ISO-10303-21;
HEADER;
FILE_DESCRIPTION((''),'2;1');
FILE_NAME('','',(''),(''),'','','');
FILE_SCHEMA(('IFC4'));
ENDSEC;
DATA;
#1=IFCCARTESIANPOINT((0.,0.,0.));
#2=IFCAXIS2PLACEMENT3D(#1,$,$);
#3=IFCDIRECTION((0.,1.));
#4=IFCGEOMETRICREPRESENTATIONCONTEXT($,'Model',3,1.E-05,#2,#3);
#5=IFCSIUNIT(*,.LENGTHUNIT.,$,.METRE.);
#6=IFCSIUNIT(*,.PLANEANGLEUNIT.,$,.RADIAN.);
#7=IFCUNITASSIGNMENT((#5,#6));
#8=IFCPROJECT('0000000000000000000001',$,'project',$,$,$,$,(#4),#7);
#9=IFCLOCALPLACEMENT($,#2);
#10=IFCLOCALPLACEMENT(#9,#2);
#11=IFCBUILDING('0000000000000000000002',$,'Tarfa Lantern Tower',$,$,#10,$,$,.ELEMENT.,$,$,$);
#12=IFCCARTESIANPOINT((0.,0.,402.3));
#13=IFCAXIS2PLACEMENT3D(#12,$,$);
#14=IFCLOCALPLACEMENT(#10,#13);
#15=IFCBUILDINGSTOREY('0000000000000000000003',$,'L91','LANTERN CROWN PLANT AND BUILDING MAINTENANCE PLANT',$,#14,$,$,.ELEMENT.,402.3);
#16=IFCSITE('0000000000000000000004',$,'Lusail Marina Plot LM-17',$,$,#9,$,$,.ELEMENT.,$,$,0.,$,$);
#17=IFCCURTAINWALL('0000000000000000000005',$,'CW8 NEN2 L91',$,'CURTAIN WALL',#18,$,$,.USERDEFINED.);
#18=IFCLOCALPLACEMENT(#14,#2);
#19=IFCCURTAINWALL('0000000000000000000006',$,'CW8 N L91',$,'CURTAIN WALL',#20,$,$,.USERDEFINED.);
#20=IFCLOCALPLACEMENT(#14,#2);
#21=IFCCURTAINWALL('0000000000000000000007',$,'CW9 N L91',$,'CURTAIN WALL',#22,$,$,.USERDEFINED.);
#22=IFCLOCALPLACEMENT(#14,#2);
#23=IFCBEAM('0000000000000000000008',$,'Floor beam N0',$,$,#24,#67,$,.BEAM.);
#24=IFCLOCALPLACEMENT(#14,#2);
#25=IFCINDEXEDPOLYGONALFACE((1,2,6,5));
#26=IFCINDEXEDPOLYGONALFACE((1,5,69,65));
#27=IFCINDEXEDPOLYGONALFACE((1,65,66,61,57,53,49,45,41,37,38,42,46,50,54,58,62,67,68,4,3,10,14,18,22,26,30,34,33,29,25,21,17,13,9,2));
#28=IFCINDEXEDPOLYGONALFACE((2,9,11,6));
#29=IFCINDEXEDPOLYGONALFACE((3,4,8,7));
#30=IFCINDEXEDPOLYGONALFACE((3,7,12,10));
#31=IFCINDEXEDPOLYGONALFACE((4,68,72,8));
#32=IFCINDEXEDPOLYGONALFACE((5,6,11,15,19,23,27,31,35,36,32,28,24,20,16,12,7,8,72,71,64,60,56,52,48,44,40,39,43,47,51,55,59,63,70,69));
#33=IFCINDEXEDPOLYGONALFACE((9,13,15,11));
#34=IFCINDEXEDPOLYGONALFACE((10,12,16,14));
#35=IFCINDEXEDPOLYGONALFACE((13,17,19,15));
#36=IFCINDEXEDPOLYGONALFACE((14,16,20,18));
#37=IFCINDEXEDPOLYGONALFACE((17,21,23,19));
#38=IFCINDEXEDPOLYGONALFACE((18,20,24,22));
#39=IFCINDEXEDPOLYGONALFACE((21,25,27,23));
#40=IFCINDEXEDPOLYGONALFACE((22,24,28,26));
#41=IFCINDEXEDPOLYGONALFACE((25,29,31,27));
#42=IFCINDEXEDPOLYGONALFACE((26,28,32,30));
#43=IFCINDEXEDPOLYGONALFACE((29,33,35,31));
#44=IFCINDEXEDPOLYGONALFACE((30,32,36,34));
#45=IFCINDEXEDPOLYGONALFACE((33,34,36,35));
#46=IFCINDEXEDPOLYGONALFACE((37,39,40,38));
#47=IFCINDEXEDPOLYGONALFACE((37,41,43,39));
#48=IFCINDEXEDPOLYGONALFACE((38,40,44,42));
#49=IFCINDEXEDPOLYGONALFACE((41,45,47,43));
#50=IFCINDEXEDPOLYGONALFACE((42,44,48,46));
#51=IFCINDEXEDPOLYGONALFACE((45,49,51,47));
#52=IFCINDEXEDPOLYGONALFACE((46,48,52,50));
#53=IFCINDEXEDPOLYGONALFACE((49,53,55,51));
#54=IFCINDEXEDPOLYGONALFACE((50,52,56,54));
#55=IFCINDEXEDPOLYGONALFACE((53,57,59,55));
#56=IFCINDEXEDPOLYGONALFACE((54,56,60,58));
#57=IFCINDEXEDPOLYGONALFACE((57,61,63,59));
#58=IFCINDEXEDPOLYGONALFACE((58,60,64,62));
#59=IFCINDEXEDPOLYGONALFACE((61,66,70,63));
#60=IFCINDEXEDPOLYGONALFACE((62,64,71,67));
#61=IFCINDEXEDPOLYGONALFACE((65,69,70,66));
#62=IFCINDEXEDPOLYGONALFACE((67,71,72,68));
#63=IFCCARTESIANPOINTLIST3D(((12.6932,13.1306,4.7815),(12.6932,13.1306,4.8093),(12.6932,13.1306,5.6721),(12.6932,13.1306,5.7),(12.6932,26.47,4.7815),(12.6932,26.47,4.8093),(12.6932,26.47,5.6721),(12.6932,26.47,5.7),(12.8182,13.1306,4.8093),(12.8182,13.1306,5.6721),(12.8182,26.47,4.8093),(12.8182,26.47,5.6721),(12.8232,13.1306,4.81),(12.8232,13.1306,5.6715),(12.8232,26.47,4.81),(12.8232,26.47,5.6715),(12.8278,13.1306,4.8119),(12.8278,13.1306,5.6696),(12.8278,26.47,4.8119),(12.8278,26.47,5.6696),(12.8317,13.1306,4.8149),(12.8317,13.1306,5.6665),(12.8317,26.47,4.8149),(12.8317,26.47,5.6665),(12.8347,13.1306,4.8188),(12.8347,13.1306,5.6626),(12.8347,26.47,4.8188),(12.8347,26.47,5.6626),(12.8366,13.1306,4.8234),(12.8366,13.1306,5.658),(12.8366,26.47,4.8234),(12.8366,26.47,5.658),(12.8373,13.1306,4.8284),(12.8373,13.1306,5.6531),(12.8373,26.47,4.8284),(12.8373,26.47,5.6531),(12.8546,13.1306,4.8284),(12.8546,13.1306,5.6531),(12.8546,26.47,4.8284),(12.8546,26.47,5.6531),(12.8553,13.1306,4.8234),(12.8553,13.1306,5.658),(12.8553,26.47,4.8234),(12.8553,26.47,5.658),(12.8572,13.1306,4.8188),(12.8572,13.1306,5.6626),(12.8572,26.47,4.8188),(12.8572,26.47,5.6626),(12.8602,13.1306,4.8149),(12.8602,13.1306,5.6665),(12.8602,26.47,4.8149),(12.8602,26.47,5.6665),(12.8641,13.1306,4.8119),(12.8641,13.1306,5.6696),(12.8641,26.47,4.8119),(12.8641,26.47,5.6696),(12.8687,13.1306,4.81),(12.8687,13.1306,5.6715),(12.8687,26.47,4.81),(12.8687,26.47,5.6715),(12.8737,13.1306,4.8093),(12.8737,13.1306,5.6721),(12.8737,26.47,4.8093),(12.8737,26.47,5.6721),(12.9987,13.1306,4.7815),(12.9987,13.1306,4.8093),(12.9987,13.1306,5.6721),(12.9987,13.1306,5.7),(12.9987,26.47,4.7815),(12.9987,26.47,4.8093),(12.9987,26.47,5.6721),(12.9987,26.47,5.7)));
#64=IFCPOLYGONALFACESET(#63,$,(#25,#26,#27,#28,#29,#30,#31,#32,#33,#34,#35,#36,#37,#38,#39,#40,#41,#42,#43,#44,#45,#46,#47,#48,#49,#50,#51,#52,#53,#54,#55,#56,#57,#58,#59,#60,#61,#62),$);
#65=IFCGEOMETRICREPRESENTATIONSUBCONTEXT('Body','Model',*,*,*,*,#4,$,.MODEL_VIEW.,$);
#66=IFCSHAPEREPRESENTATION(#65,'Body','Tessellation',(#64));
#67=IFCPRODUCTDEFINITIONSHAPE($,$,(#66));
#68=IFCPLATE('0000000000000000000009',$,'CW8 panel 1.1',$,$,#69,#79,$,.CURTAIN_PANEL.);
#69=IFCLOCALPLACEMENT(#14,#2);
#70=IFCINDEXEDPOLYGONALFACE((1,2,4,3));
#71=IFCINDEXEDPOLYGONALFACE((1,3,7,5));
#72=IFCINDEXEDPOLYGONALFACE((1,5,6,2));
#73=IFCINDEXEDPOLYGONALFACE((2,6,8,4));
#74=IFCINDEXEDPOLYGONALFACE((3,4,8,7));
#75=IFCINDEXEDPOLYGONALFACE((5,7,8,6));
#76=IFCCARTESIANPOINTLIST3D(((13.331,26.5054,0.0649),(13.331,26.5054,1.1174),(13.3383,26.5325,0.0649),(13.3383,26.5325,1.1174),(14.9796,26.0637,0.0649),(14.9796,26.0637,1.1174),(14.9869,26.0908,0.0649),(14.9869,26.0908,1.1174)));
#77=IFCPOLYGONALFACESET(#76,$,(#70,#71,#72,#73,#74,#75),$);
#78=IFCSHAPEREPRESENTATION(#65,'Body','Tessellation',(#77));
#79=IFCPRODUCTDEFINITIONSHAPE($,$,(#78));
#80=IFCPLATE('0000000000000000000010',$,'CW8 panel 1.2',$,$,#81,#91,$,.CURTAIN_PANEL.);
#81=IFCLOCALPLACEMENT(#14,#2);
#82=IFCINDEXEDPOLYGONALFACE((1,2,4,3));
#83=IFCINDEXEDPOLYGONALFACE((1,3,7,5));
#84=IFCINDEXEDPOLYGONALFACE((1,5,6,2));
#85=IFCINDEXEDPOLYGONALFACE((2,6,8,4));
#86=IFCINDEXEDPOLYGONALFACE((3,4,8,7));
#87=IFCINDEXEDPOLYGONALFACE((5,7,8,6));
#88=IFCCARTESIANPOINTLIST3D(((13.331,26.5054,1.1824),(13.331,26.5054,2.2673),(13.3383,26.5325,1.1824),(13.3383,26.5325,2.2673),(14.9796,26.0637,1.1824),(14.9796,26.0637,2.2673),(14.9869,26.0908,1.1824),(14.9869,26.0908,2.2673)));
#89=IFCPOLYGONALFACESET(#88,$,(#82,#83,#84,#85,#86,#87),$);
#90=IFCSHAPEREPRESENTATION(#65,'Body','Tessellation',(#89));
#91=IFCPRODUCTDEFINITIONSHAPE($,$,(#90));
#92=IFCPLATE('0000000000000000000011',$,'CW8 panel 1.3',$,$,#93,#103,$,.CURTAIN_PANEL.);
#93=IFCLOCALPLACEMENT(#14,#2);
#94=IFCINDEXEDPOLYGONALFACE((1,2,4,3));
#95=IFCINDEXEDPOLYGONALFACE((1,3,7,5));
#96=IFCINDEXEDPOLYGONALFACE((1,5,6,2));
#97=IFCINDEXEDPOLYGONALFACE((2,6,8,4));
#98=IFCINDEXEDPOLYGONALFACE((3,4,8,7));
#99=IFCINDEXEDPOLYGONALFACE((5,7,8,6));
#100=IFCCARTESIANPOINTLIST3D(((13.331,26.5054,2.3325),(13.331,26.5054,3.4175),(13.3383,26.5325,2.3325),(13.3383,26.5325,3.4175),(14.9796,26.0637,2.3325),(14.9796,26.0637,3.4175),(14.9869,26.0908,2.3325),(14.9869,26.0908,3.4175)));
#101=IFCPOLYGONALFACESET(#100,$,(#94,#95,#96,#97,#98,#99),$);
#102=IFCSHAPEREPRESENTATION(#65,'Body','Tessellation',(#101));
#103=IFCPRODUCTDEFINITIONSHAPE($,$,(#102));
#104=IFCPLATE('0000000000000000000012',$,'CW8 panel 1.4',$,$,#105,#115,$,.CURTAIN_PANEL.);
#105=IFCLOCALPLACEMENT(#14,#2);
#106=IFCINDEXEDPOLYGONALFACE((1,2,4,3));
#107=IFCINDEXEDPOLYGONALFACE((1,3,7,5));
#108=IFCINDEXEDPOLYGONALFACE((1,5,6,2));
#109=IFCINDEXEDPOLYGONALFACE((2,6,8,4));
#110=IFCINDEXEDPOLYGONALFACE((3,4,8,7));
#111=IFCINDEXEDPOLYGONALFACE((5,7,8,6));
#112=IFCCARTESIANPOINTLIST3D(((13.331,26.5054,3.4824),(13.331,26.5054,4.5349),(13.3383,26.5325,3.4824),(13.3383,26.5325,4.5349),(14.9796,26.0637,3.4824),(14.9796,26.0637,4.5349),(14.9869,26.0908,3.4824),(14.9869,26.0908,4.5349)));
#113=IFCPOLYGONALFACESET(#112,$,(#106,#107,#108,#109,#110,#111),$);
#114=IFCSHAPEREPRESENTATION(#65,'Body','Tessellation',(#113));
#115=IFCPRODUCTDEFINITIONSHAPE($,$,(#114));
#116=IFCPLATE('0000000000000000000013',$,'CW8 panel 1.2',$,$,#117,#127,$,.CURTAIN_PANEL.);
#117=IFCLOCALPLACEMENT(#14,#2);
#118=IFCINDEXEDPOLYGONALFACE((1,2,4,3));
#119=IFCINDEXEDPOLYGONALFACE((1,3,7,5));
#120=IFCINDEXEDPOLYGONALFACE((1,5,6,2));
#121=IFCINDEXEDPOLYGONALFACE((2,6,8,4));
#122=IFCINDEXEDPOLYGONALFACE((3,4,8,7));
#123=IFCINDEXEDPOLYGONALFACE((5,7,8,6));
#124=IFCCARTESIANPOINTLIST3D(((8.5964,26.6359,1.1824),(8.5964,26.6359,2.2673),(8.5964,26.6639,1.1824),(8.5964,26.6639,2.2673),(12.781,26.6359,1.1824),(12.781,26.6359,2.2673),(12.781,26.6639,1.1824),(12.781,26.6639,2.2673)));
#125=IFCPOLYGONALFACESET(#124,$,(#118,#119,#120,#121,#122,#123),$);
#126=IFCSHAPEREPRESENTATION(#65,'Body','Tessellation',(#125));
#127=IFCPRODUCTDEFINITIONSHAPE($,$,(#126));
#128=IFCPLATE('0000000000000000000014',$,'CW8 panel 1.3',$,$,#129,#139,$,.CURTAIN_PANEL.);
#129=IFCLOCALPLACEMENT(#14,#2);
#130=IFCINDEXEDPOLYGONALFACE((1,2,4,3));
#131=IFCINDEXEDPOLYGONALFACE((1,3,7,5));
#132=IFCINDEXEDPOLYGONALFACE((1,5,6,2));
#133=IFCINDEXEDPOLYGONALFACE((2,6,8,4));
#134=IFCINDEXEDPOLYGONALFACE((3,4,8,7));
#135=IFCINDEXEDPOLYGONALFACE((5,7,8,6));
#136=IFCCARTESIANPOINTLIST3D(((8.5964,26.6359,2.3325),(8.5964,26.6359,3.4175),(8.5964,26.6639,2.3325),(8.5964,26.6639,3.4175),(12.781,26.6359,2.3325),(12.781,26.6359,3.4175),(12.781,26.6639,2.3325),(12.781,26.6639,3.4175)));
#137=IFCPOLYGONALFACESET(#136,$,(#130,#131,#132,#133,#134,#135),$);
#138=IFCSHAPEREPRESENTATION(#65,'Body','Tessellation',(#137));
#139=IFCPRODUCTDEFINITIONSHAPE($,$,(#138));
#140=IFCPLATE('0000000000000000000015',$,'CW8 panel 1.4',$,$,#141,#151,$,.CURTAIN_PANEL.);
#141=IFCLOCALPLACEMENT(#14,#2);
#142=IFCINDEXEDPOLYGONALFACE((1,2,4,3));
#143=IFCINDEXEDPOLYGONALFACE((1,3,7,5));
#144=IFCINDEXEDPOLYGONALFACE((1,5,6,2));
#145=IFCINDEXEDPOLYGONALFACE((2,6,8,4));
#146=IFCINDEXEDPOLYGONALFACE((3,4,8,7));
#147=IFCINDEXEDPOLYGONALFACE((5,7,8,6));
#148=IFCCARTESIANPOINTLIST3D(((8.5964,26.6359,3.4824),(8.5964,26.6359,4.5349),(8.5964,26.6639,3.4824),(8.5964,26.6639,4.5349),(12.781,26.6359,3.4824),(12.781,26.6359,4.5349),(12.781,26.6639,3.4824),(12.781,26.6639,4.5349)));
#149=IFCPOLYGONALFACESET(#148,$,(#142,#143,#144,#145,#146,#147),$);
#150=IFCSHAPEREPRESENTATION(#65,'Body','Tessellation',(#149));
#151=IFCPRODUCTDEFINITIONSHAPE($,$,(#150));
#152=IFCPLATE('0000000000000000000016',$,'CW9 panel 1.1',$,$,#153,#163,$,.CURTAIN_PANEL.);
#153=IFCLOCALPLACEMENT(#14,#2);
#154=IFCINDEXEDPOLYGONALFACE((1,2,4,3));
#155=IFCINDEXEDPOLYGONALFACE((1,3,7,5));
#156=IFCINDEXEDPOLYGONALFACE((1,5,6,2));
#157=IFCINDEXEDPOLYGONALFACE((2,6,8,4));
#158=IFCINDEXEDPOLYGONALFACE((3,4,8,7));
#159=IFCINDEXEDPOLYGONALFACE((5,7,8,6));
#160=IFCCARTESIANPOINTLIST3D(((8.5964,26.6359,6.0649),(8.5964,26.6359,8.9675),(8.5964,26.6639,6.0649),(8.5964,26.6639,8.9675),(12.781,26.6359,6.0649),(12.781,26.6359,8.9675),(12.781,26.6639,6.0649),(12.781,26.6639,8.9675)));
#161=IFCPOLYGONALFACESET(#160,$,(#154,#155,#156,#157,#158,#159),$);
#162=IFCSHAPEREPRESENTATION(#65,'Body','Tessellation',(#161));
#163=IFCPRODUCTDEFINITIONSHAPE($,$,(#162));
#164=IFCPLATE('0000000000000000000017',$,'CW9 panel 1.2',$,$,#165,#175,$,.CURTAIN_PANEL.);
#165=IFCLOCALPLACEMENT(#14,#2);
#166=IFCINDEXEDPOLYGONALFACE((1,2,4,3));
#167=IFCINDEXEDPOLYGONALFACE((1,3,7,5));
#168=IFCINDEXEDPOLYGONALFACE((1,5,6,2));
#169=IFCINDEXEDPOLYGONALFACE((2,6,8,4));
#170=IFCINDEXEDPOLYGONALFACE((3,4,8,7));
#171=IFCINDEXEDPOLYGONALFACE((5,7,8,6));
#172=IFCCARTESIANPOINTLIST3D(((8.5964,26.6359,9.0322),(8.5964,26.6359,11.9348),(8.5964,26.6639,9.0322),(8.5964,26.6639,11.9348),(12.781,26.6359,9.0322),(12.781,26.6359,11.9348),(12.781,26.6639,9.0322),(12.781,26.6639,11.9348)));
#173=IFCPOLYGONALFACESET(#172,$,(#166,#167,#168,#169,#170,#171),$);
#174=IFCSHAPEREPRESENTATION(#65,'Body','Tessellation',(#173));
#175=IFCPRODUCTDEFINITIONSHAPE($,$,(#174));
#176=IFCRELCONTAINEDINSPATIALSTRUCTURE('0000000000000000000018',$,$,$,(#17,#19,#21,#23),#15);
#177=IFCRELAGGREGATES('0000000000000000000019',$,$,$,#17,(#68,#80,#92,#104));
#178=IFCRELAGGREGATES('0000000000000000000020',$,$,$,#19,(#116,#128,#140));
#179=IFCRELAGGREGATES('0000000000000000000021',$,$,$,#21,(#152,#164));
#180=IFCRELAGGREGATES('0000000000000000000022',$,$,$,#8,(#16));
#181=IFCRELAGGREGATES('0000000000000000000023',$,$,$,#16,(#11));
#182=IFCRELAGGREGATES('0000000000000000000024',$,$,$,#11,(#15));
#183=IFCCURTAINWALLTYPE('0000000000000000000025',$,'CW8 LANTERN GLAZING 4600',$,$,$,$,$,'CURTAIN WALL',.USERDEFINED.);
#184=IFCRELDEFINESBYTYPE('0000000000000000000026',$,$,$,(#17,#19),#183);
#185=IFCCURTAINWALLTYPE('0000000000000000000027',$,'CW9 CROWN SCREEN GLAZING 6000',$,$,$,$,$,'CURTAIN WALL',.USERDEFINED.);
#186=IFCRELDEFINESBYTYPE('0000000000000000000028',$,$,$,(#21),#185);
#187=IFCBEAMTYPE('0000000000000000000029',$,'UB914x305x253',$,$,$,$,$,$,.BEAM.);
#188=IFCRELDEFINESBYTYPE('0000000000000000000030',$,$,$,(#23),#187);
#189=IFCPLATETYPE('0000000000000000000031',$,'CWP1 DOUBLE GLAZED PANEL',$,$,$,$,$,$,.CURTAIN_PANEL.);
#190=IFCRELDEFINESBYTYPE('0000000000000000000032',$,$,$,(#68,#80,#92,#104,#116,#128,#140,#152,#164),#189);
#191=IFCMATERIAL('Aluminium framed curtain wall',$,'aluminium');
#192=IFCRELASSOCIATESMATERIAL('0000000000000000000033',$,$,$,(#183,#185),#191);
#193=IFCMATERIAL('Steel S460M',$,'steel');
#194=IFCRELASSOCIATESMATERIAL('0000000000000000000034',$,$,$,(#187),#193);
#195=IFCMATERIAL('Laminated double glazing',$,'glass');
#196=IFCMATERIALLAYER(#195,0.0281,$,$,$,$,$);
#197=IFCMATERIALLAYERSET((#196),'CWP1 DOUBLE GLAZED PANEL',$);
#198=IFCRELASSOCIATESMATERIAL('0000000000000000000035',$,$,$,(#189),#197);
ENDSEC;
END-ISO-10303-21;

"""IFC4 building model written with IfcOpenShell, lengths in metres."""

from ifc_helpers import new_model, si_unit, direction, frame, origin, origin_2d, place, context, subcontext, project, spatial, rectangle, i_section, extrude, material, layer, layer_set, material_profile, profile_set, type_object, element, aggregate, save


model = new_model("IFC4")

# Units and contexts
model_context = context("Model", 3, precision=1e-05, world=origin(), true_north=direction((0.0, 1.0)))
body_context = subcontext(model_context, "Body", "Model", "MODEL_VIEW")
ifc_project = project(units=[si_unit("LENGTHUNIT", "METRE"), si_unit("PLANEANGLEUNIT", "RADIAN")], contexts=[model_context])

# Site, building, storey
site_placement = place(None, origin())
site = spatial("IfcSite", under=ifc_project, at=site_placement, Name="Lusail Marina Plot LM-17", CompositionType="ELEMENT", RefElevation=0.0)
building_placement = place(site_placement, origin())
building = spatial("IfcBuilding", under=site, at=building_placement, Name="Tarfa Lantern Tower", CompositionType="ELEMENT")
storey_placement = place(building_placement, frame((0.0, 0.0, 402.3)))
storey = spatial("IfcBuildingStorey", under=building, at=storey_placement, Name="L91", Description="LANTERN CROWN PLANT AND BUILDING MAINTENANCE PLANT", CompositionType="ELEMENT", Elevation=402.3)

# Curtain walls
ifc_material_1 = material(Name="Aluminium framed curtain wall", Category="aluminium")
curtain_wall_type_1 = type_object("IfcCurtainWallType", Name="CW8 LANTERN GLAZING 4600", ElementType="CURTAIN WALL", PredefinedType="USERDEFINED", material=ifc_material_1)
curtain_wall_1_placement = place(storey_placement, origin())
curtain_wall_1 = element("IfcCurtainWall", 1, at=curtain_wall_1_placement, inside=storey, type_object=curtain_wall_type_1, Name="CW8 NEN2 L91", ObjectType="CURTAIN WALL", PredefinedType="USERDEFINED")
curtain_wall_2_placement = place(storey_placement, origin())
curtain_wall_2 = element("IfcCurtainWall", 2, at=curtain_wall_2_placement, inside=storey, type_object=curtain_wall_type_1, Name="CW8 N L91", ObjectType="CURTAIN WALL", PredefinedType="USERDEFINED")
curtain_wall_type_2 = type_object("IfcCurtainWallType", Name="CW9 CROWN SCREEN GLAZING 6000", ElementType="CURTAIN WALL", PredefinedType="USERDEFINED", material=ifc_material_1)
curtain_wall_3_placement = place(storey_placement, origin())
curtain_wall_3 = element("IfcCurtainWall", 3, at=curtain_wall_3_placement, inside=storey, type_object=curtain_wall_type_2, Name="CW9 N L91", ObjectType="CURTAIN WALL", PredefinedType="USERDEFINED")

# Beam
ifc_material_2 = material(Name="Steel S460M", Category="steel")
ifc_material_profile_1 = material_profile(ifc_material_2, i_section(OverallWidth=0.3054, OverallDepth=0.9185, WebThickness=0.0173, FlangeThickness=0.0278, FilletRadius=0.019, at=origin_2d()), Name="UB914x305x253")
ifc_profile_set_1 = profile_set([ifc_material_profile_1], Name="Steel S460M")
beam_type_1 = type_object("IfcBeamType", Name="UB914x305x253", PredefinedType="BEAM", material=ifc_profile_set_1)
beam_1_placement = place(storey_placement, frame((12.8459, 26.47, 5.2407), z_axis=(0.0, -1.0, 0.0), x_axis=(1.0, 0.0, 0.0)))
element("IfcBeam", 4, at=beam_1_placement, inside=storey, type_object=beam_type_1, Name="Floor beam N0", PredefinedType="BEAM", context=body_context, shape_type="SweptSolid", body=[
    extrude(i_section(OverallWidth=0.3054, OverallDepth=0.9185, WebThickness=0.0173, FlangeThickness=0.0278, FilletRadius=0.019, at=origin_2d()), origin(), (0.0, 0.0, 1.0), 13.3394),
])

# Plates
ifc_material_3 = material(Name="Laminated double glazing", Category="glass")
ifc_layer = layer(ifc_material_3, 0.0281)
ifc_layer_set = layer_set([ifc_layer], Name="CWP1 DOUBLE GLAZED PANEL")
plate_type = type_object("IfcPlateType", Name="CWP1 DOUBLE GLAZED PANEL", PredefinedType="CURTAIN_PANEL", material=ifc_layer_set)
plate_1_placement = place(storey_placement, frame((14.1589, 26.2981, 0.0649), z_axis=(0.0, 0.0, 1.0), x_axis=(-0.965926, 0.258819, 0.0)))
plate_1 = element("IfcPlate", 5, at=plate_1_placement, type_object=plate_type, Name="CW8 panel 1.1", PredefinedType="CURTAIN_PANEL", context=body_context, shape_type="SweptSolid", body=[
    extrude(rectangle(XDim=1.7068, YDim=0.0281, at=origin_2d()), origin(), (0.0, 0.0, 1.0), 1.0525),
])
plate_2_placement = place(storey_placement, frame((14.1589, 26.2981, 1.1824), z_axis=(0.0, 0.0, 1.0), x_axis=(-0.965926, 0.258819, 0.0)))
plate_2 = element("IfcPlate", 6, at=plate_2_placement, type_object=plate_type, Name="CW8 panel 1.2", PredefinedType="CURTAIN_PANEL", context=body_context, shape_type="SweptSolid", body=[
    extrude(rectangle(XDim=1.7068, YDim=0.0281, at=origin_2d()), origin(), (0.0, 0.0, 1.0), 1.085),
])
plate_3_placement = place(storey_placement, frame((14.1589, 26.2981, 2.3325), z_axis=(0.0, 0.0, 1.0), x_axis=(-0.965926, 0.258819, 0.0)))
plate_3 = element("IfcPlate", 7, at=plate_3_placement, type_object=plate_type, Name="CW8 panel 1.3", PredefinedType="CURTAIN_PANEL", context=body_context, shape_type="SweptSolid", body=[
    extrude(rectangle(XDim=1.7068, YDim=0.0281, at=origin_2d()), origin(), (0.0, 0.0, 1.0), 1.085),
])
plate_4_placement = place(storey_placement, frame((14.1589, 26.2981, 3.4824), z_axis=(0.0, 0.0, 1.0), x_axis=(-0.965926, 0.258819, 0.0)))
plate_4 = element("IfcPlate", 8, at=plate_4_placement, type_object=plate_type, Name="CW8 panel 1.4", PredefinedType="CURTAIN_PANEL", context=body_context, shape_type="SweptSolid", body=[
    extrude(rectangle(XDim=1.7068, YDim=0.0281, at=origin_2d()), origin(), (0.0, 0.0, 1.0), 1.0525),
])
aggregate(curtain_wall_1, [plate_1, plate_2, plate_3, plate_4])
plate_5_placement = place(storey_placement, frame((10.6887, 26.6499, 1.1824), z_axis=(0.0, 0.0, 1.0), x_axis=(-1.0, 0.0, 0.0)))
plate_5 = element("IfcPlate", 9, at=plate_5_placement, type_object=plate_type, Name="CW8 panel 1.2", PredefinedType="CURTAIN_PANEL", context=body_context, shape_type="SweptSolid", body=[
    extrude(rectangle(XDim=4.1846, YDim=0.0281, at=origin_2d()), origin(), (0.0, 0.0, 1.0), 1.085),
])
plate_6_placement = place(storey_placement, frame((10.6887, 26.6499, 2.3325), z_axis=(0.0, 0.0, 1.0), x_axis=(-1.0, 0.0, 0.0)))
plate_6 = element("IfcPlate", 10, at=plate_6_placement, type_object=plate_type, Name="CW8 panel 1.3", PredefinedType="CURTAIN_PANEL", context=body_context, shape_type="SweptSolid", body=[
    extrude(rectangle(XDim=4.1846, YDim=0.0281, at=origin_2d()), origin(), (0.0, 0.0, 1.0), 1.085),
])
plate_7_placement = place(storey_placement, frame((10.6887, 26.6499, 3.4824), z_axis=(0.0, 0.0, 1.0), x_axis=(-1.0, 0.0, 0.0)))
plate_7 = element("IfcPlate", 11, at=plate_7_placement, type_object=plate_type, Name="CW8 panel 1.4", PredefinedType="CURTAIN_PANEL", context=body_context, shape_type="SweptSolid", body=[
    extrude(rectangle(XDim=4.1846, YDim=0.0281, at=origin_2d()), origin(), (0.0, 0.0, 1.0), 1.0525),
])
aggregate(curtain_wall_2, [plate_5, plate_6, plate_7])
plate_8_placement = place(storey_placement, frame((10.6887, 26.6499, 6.0649), z_axis=(0.0, 0.0, 1.0), x_axis=(-1.0, 0.0, 0.0)))
plate_8 = element("IfcPlate", 12, at=plate_8_placement, type_object=plate_type, Name="CW9 panel 1.1", PredefinedType="CURTAIN_PANEL", context=body_context, shape_type="SweptSolid", body=[
    extrude(rectangle(XDim=4.1846, YDim=0.0281, at=origin_2d()), origin(), (0.0, 0.0, 1.0), 2.9026),
])
plate_9_placement = place(storey_placement, frame((10.6887, 26.6499, 9.0322), z_axis=(0.0, 0.0, 1.0), x_axis=(-1.0, 0.0, 0.0)))
plate_9 = element("IfcPlate", 13, at=plate_9_placement, type_object=plate_type, Name="CW9 panel 1.2", PredefinedType="CURTAIN_PANEL", context=body_context, shape_type="SweptSolid", body=[
    extrude(rectangle(XDim=4.1846, YDim=0.0281, at=origin_2d()), origin(), (0.0, 0.0, 1.0), 2.9026),
])
aggregate(curtain_wall_3, [plate_8, plate_9])

save(model, "model.ifc")
